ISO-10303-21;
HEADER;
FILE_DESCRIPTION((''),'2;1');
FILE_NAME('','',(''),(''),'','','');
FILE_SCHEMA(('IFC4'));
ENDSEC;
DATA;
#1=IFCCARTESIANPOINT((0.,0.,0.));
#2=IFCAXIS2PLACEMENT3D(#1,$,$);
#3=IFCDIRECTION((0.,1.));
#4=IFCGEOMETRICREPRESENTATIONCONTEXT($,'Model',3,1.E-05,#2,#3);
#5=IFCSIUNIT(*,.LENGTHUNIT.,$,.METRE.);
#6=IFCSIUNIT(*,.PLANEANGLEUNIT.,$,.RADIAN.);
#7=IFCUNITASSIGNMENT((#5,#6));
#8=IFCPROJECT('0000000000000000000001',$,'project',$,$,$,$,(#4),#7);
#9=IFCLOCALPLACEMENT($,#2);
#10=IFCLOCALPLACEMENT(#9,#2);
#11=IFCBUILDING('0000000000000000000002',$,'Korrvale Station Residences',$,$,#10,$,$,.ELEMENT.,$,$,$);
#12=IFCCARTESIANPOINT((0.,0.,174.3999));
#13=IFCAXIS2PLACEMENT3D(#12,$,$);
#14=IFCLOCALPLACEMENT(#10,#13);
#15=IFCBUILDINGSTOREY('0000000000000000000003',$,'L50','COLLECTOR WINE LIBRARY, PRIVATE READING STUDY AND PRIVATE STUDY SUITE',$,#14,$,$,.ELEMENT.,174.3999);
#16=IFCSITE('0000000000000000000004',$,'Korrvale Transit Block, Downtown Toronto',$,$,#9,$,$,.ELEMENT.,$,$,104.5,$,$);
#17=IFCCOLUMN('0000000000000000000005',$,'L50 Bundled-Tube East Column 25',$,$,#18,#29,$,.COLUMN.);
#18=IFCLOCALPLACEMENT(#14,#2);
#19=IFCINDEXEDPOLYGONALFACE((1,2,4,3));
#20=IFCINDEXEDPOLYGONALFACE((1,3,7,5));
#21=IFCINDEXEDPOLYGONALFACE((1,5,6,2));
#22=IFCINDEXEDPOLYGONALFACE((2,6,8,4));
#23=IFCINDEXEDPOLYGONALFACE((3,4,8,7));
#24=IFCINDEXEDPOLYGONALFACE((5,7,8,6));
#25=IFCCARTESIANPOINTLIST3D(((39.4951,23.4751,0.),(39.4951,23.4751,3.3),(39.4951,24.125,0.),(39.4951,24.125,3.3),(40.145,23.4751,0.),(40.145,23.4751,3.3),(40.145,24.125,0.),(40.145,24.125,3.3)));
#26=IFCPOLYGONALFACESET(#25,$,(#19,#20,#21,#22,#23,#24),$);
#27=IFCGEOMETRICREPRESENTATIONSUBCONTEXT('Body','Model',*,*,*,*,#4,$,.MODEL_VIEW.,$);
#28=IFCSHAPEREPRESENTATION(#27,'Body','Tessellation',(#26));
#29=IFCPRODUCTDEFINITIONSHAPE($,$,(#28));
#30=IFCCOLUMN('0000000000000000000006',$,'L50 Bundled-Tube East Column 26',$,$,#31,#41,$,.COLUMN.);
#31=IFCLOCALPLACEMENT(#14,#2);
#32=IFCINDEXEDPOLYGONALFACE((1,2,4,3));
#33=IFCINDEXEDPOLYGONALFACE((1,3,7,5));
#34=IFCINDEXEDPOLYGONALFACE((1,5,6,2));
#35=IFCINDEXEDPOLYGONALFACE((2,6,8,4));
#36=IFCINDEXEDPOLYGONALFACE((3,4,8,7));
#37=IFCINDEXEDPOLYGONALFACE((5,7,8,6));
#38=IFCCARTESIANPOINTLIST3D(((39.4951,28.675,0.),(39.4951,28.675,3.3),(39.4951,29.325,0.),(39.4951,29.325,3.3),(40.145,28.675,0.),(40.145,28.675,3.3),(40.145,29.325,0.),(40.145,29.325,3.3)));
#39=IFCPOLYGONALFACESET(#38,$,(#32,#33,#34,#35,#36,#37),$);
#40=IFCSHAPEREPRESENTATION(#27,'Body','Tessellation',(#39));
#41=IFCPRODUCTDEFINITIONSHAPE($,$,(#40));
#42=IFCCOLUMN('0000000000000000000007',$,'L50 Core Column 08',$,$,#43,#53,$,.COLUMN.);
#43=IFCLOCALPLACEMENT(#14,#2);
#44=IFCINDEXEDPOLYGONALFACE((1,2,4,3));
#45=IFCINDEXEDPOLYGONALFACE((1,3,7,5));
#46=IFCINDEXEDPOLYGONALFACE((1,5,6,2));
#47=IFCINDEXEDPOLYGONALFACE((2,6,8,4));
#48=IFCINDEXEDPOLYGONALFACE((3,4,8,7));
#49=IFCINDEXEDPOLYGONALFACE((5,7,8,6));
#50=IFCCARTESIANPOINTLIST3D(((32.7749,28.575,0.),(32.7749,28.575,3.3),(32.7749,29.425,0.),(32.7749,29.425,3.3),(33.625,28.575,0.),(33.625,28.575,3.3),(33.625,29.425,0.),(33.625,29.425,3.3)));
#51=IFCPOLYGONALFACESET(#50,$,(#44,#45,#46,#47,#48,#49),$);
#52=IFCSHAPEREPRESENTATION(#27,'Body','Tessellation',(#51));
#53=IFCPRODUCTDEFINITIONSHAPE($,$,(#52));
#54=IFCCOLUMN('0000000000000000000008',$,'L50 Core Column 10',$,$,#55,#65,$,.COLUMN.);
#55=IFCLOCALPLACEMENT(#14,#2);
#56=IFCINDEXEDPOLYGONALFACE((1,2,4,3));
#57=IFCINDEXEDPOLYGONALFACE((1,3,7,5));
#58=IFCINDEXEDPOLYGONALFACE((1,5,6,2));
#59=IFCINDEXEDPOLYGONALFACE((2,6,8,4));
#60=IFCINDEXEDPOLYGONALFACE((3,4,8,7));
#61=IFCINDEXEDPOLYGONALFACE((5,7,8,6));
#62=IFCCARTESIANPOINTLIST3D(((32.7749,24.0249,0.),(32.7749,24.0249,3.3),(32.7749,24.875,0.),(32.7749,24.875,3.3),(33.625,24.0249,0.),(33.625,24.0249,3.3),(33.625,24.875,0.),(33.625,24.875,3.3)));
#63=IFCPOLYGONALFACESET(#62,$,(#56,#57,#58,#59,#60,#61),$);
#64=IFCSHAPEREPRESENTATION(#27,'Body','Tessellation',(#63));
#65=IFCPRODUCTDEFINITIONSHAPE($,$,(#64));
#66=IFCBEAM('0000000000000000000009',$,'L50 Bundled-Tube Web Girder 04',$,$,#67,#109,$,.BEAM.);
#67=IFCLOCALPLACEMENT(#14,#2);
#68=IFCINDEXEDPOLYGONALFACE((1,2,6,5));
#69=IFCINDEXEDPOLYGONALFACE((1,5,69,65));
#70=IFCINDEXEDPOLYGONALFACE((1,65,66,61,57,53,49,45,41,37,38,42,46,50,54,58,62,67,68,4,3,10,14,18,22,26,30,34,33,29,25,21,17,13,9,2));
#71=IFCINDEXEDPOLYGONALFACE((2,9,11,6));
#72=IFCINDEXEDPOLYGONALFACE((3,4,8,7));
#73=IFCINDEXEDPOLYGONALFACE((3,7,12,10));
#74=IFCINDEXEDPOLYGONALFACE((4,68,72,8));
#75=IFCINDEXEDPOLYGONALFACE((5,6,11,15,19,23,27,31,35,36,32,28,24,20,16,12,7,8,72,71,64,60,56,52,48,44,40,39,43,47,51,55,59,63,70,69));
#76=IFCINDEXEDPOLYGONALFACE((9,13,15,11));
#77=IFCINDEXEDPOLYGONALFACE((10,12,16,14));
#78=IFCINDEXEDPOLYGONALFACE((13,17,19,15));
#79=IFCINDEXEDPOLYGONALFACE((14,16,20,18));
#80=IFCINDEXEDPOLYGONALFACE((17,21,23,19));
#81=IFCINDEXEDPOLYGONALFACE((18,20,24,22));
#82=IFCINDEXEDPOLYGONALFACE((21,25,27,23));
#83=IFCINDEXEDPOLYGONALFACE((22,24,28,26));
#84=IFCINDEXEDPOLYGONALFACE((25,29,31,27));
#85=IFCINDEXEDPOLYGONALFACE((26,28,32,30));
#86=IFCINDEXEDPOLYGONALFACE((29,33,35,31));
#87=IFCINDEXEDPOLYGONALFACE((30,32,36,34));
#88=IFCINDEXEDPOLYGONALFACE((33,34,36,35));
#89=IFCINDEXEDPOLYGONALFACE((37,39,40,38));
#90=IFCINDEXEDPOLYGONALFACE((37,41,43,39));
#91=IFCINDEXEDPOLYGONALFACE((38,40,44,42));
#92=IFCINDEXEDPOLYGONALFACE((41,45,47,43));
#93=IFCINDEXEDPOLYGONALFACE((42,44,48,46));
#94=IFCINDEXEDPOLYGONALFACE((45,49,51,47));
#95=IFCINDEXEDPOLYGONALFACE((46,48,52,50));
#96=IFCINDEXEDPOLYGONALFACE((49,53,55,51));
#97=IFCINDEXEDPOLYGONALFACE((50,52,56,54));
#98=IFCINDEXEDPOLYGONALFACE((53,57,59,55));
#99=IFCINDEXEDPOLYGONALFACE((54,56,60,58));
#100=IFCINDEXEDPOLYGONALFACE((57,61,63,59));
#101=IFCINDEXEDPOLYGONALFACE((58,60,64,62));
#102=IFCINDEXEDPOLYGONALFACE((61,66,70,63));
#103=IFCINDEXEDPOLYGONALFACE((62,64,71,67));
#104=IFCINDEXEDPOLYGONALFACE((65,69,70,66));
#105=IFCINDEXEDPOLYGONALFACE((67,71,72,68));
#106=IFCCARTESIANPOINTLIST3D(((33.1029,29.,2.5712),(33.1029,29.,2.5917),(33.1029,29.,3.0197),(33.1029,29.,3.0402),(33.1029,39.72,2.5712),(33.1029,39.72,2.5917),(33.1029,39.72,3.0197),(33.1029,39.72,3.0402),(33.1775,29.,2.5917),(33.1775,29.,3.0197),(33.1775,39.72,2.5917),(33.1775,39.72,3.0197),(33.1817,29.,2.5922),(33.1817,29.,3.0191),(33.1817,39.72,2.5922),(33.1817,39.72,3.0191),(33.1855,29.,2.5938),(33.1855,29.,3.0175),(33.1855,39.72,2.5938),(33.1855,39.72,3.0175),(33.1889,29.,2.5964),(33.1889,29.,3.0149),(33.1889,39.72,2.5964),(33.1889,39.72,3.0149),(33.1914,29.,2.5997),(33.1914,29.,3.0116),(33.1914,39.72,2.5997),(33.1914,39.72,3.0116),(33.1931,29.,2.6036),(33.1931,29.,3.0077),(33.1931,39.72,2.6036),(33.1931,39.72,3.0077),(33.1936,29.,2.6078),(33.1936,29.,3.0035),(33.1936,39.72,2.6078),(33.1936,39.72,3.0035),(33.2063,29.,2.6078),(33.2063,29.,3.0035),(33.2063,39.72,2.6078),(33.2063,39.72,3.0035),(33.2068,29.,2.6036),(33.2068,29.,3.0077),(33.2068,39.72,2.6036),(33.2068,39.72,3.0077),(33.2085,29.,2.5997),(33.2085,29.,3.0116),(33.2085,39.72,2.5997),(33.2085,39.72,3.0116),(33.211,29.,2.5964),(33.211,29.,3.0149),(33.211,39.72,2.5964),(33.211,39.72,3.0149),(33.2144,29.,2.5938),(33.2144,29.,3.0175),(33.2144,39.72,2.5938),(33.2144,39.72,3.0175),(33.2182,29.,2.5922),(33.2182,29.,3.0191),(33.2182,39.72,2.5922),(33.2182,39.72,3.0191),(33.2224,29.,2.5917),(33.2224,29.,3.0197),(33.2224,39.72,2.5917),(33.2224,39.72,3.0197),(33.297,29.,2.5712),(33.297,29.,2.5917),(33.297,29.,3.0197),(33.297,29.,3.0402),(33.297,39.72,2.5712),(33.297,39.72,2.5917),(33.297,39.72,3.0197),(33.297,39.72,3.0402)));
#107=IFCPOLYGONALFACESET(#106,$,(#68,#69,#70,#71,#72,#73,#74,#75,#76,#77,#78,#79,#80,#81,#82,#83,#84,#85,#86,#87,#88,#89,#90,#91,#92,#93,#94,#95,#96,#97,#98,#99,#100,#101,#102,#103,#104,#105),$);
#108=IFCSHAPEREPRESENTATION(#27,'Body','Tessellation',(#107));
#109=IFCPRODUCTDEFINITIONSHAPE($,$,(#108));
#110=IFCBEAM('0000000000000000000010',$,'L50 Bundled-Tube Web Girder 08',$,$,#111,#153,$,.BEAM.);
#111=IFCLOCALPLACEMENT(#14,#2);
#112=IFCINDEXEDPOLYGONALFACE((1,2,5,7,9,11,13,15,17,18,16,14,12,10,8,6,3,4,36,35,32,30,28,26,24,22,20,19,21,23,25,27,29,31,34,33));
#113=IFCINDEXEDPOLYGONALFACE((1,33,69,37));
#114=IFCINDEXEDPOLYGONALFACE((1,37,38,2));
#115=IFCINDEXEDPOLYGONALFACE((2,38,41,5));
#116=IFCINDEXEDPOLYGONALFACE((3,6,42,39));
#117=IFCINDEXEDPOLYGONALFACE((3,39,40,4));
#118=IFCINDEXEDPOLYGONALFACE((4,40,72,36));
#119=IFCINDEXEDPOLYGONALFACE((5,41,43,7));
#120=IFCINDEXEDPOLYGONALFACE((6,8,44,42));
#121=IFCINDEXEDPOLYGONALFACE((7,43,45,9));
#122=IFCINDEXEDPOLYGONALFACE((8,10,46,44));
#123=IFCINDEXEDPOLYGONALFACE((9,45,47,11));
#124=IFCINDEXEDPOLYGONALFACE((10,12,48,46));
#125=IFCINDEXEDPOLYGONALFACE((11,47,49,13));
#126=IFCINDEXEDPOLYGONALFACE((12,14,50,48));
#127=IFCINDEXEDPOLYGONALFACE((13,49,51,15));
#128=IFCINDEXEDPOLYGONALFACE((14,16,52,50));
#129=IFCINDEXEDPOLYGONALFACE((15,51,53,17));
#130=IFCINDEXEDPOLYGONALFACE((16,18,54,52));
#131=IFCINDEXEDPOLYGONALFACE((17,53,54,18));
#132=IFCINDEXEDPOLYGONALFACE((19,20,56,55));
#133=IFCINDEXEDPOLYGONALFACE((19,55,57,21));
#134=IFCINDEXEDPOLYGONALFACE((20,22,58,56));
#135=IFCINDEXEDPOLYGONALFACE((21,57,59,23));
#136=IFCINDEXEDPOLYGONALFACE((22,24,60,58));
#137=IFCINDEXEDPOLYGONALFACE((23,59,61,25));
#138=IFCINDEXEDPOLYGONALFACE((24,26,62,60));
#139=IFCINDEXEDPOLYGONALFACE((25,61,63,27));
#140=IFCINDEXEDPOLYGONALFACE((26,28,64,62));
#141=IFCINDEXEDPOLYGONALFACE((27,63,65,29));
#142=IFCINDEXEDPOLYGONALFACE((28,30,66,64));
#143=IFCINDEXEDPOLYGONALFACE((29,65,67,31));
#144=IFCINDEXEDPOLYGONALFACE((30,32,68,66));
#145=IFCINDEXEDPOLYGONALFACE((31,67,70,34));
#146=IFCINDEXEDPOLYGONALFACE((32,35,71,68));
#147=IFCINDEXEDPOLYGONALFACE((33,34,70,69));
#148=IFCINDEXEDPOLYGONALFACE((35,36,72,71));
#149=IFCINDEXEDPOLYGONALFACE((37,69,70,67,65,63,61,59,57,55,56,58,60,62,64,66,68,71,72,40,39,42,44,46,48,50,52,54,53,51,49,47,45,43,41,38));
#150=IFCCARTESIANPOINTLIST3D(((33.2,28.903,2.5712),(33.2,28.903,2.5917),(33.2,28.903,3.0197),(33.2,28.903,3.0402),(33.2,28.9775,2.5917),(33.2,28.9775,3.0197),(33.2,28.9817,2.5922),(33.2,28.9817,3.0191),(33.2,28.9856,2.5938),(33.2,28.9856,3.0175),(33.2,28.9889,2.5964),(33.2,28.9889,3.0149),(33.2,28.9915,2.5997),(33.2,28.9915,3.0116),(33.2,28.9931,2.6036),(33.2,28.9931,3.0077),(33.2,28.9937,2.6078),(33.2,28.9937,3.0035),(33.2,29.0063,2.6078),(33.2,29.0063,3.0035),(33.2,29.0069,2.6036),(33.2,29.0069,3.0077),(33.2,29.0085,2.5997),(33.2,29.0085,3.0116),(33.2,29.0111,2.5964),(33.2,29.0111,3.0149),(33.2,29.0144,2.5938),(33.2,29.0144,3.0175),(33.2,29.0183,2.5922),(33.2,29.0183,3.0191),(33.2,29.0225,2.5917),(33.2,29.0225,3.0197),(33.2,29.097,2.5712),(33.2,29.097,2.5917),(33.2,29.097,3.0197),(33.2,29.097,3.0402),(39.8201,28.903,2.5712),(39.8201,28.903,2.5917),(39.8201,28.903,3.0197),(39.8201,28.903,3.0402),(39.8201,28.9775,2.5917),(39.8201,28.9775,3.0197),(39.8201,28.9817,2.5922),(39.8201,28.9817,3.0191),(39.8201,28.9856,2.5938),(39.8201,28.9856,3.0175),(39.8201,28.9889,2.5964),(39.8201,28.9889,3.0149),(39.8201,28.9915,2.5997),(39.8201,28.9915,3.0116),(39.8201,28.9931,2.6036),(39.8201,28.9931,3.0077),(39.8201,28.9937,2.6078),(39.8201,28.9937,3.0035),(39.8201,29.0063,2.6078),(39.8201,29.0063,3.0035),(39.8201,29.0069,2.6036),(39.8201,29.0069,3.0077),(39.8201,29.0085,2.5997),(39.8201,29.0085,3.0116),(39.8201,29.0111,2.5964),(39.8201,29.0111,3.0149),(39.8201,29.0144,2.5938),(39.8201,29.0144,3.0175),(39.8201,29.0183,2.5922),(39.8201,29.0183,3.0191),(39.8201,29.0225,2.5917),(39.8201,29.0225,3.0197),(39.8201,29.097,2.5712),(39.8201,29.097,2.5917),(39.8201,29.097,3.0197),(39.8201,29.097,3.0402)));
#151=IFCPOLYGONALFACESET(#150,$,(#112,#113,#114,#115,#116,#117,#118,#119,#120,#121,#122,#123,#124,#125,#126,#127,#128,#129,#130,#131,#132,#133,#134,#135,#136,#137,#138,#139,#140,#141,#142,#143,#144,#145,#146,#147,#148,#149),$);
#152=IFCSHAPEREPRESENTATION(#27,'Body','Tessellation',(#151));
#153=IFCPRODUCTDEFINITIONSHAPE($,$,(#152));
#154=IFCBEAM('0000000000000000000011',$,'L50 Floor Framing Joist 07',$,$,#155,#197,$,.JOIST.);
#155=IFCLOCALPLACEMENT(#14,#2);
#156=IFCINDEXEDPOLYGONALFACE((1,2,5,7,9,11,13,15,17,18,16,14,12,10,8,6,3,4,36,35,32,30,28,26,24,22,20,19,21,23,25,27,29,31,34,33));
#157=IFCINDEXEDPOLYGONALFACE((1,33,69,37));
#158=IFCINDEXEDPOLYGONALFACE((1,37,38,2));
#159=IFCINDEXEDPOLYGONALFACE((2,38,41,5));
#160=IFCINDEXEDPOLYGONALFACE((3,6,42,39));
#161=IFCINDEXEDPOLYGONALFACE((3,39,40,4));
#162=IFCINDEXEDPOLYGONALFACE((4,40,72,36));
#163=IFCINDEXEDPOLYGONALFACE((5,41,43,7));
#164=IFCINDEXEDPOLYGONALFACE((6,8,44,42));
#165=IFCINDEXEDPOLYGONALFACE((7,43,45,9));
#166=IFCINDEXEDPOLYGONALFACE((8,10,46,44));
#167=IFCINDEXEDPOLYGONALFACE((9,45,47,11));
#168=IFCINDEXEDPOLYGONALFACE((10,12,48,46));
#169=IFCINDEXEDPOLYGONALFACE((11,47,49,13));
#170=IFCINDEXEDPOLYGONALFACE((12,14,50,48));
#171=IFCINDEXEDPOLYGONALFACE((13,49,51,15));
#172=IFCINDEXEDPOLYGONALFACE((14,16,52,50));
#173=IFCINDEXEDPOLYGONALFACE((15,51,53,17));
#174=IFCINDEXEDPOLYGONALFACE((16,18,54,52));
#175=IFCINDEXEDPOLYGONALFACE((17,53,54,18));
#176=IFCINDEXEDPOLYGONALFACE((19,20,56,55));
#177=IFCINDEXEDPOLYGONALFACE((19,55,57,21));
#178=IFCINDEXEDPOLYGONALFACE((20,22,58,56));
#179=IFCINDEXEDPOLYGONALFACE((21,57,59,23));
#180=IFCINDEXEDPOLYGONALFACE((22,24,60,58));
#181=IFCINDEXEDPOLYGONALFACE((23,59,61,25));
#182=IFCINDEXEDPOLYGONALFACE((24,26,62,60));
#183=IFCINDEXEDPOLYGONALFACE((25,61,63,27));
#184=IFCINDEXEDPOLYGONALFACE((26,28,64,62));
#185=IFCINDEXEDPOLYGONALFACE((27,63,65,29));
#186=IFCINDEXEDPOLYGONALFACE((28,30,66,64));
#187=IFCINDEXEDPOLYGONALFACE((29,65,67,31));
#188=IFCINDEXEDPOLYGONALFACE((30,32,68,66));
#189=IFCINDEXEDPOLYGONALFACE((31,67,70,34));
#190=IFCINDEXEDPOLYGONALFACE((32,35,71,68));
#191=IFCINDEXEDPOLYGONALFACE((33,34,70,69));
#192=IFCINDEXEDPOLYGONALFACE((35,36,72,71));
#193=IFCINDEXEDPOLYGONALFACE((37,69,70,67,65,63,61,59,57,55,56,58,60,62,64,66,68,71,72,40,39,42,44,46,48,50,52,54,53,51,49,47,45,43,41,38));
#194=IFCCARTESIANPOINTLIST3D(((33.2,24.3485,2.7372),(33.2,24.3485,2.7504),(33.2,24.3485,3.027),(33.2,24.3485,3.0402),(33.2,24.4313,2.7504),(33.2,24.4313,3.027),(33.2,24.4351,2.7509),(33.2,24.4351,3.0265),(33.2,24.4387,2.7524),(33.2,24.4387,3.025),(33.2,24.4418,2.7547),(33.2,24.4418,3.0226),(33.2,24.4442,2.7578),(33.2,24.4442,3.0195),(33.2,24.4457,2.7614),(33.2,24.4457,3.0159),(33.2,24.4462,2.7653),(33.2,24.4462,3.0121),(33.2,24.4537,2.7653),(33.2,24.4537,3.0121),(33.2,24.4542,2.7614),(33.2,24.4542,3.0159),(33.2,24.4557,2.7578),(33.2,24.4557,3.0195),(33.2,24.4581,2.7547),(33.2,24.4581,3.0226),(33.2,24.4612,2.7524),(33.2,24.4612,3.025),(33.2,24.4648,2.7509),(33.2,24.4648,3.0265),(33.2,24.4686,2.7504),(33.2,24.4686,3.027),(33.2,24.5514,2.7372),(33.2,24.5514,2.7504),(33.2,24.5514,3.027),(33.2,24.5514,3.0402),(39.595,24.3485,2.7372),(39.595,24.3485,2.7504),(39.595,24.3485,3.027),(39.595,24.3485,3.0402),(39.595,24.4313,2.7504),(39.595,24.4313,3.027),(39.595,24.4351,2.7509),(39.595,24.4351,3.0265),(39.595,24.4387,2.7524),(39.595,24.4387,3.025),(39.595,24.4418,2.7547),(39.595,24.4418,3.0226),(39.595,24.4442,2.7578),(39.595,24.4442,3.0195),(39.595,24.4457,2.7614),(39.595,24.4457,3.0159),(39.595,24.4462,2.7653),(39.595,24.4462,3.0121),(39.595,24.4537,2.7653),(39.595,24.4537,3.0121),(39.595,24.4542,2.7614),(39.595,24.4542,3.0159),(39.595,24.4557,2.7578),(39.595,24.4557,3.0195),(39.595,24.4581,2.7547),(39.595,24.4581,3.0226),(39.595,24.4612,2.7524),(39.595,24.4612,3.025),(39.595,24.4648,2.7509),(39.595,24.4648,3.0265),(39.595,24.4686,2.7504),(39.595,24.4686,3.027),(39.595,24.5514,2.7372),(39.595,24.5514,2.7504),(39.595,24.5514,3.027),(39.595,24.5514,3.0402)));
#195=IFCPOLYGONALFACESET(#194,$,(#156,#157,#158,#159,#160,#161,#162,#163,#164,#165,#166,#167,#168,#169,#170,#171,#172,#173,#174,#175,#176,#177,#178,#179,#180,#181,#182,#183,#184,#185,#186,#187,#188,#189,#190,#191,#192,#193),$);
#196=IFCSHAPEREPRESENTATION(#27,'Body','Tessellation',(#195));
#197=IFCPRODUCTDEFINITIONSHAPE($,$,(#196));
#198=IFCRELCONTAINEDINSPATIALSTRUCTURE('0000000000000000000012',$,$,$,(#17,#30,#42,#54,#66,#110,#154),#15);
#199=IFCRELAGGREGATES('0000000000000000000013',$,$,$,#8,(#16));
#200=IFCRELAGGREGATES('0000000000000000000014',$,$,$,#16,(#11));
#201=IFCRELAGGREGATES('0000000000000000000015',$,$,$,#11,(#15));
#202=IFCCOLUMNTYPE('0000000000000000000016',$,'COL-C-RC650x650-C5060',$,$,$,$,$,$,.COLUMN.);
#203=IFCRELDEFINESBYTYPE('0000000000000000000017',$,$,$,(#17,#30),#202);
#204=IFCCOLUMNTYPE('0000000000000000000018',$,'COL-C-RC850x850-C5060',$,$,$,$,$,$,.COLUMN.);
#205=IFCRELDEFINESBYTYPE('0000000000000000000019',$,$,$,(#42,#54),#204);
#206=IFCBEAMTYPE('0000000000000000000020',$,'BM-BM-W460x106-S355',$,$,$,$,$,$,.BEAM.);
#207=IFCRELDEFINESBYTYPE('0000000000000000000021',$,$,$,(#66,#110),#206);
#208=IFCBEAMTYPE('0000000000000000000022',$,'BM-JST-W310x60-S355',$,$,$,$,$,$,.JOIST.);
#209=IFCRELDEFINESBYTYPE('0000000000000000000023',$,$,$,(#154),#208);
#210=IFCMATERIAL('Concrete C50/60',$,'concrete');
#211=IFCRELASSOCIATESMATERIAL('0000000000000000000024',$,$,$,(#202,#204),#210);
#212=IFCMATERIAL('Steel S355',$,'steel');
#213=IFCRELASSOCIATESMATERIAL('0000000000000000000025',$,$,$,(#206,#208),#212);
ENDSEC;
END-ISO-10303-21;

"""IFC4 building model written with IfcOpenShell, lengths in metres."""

from ifc_helpers import new_model, si_unit, direction, frame, origin, origin_2d, place, context, subcontext, project, spatial, rectangle, i_section, extrude, material, material_profile, profile_set, type_object, element, save


model = new_model("IFC4")

# Units and contexts
model_context = context("Model", 3, precision=1e-05, world=origin(), true_north=direction((0.0, 1.0)))
body_context = subcontext(model_context, "Body", "Model", "MODEL_VIEW")
ifc_project = project(units=[si_unit("LENGTHUNIT", "METRE"), si_unit("PLANEANGLEUNIT", "RADIAN")], contexts=[model_context])

# Site, building, storey
site_placement = place(None, origin())
site = spatial("IfcSite", under=ifc_project, at=site_placement, Name="Korrvale Transit Block, Downtown Toronto", CompositionType="ELEMENT", RefElevation=104.5)
building_placement = place(site_placement, origin())
building = spatial("IfcBuilding", under=site, at=building_placement, Name="Korrvale Station Residences", CompositionType="ELEMENT")
storey_placement = place(building_placement, frame((0.0, 0.0, 174.3999)))
storey = spatial("IfcBuildingStorey", under=building, at=storey_placement, Name="L50", Description="COLLECTOR WINE LIBRARY, PRIVATE READING STUDY AND PRIVATE STUDY SUITE", CompositionType="ELEMENT", Elevation=174.3999)

# Columns
ifc_material_1 = material(Name="Concrete C50/60", Category="concrete")
ifc_material_profile_1 = material_profile(ifc_material_1, rectangle(XDim=0.6499, YDim=0.6499, at=origin_2d()), Name="RC650x650")
ifc_profile_set_1 = profile_set([ifc_material_profile_1], Name="Concrete C50/60")
column_type_1 = type_object("IfcColumnType", Name="COL-C-RC650x650-C5060", PredefinedType="COLUMN", material=ifc_profile_set_1)
for number, where, z_axis, x_axis, name in (
    (1, (39.8201, 23.8, 0.0), (0.0, 0.0, 1.0), (1.0, 0.0, 0.0), "L50 Bundled-Tube East Column 25"),
    (2, (39.8201, 29.0, 0.0), (0.0, 0.0, 1.0), (1.0, 0.0, 0.0), "L50 Bundled-Tube East Column 26"),
):
    element("IfcColumn", number, at=place(storey_placement, frame(where, z_axis=z_axis, x_axis=x_axis)), inside=storey, type_object=column_type_1, Name=name, PredefinedType="COLUMN", context=body_context, shape_type="SweptSolid", body=[
        extrude(rectangle(XDim=0.6499, YDim=0.6499, at=origin_2d()), origin(), (0.0, 0.0, 1.0), 3.3),
    ])
ifc_material_profile_2 = material_profile(ifc_material_1, rectangle(XDim=0.8501, YDim=0.8501, at=origin_2d()), Name="RC850x850")
ifc_profile_set_2 = profile_set([ifc_material_profile_2], Name="Concrete C50/60")
column_type_2 = type_object("IfcColumnType", Name="COL-C-RC850x850-C5060", PredefinedType="COLUMN", material=ifc_profile_set_2)
for number, where, z_axis, x_axis, name in (
    (3, (33.2, 29.0, 0.0), (0.0, 0.0, 1.0), (1.0, 0.0, 0.0), "L50 Core Column 08"),
    (4, (33.2, 24.45, 0.0), (0.0, 0.0, 1.0), (1.0, 0.0, 0.0), "L50 Core Column 10"),
):
    element("IfcColumn", number, at=place(storey_placement, frame(where, z_axis=z_axis, x_axis=x_axis)), inside=storey, type_object=column_type_2, Name=name, PredefinedType="COLUMN", context=body_context, shape_type="SweptSolid", body=[
        extrude(rectangle(XDim=0.8501, YDim=0.8501, at=origin_2d()), origin(), (0.0, 0.0, 1.0), 3.3),
    ])

# Beams
ifc_material_2 = material(Name="Steel S355", Category="steel")
ifc_material_profile_3 = material_profile(ifc_material_2, i_section(OverallWidth=0.1941, OverallDepth=0.469, WebThickness=0.0127, FlangeThickness=0.0205, FilletRadius=0.0161, at=origin_2d()), Name="W460x106")
ifc_profile_set_3 = profile_set([ifc_material_profile_3], Name="Steel S355")
beam_type_1 = type_object("IfcBeamType", Name="BM-BM-W460x106-S355", PredefinedType="BEAM", material=ifc_profile_set_3)
beam_1_placement = place(storey_placement, frame((33.2, 29.0, 2.8057), z_axis=(0.0, 1.0, 0.0), x_axis=(-1.0, 0.0, 0.0)))
element("IfcBeam", 5, at=beam_1_placement, inside=storey, type_object=beam_type_1, Name="L50 Bundled-Tube Web Girder 04", PredefinedType="BEAM", context=body_context, shape_type="SweptSolid", body=[
    extrude(i_section(OverallWidth=0.1941, OverallDepth=0.469, WebThickness=0.0127, FlangeThickness=0.0205, FilletRadius=0.0161, at=origin_2d()), origin(), (0.0, 0.0, 1.0), 10.72),
])
beam_2_placement = place(storey_placement, frame((33.2, 29.0, 2.8057), z_axis=(1.0, 0.0, 0.0), x_axis=(0.0, 1.0, 0.0)))
element("IfcBeam", 6, at=beam_2_placement, inside=storey, type_object=beam_type_1, Name="L50 Bundled-Tube Web Girder 08", PredefinedType="BEAM", context=body_context, shape_type="SweptSolid", body=[
    extrude(i_section(OverallWidth=0.1941, OverallDepth=0.469, WebThickness=0.0127, FlangeThickness=0.0205, FilletRadius=0.0161, at=origin_2d()), origin(), (0.0, 0.0, 1.0), 6.6201),
])
ifc_material_profile_4 = material_profile(ifc_material_2, i_section(OverallWidth=0.2029, OverallDepth=0.303, WebThickness=0.0076, FlangeThickness=0.0132, FilletRadius=0.0149, at=origin_2d()), Name="W310x60")
ifc_profile_set_4 = profile_set([ifc_material_profile_4], Name="Steel S355")
beam_type_2 = type_object("IfcBeamType", Name="BM-JST-W310x60-S355", PredefinedType="JOIST", material=ifc_profile_set_4)
beam_3_placement = place(storey_placement, frame((33.2, 24.45, 2.8887), z_axis=(1.0, 0.0, 0.0), x_axis=(0.0, 1.0, 0.0)))
element("IfcBeam", 7, at=beam_3_placement, inside=storey, type_object=beam_type_2, Name="L50 Floor Framing Joist 07", PredefinedType="JOIST", context=body_context, shape_type="SweptSolid", body=[
    extrude(i_section(OverallWidth=0.2029, OverallDepth=0.303, WebThickness=0.0076, FlangeThickness=0.0132, FilletRadius=0.0149, at=origin_2d()), origin(), (0.0, 0.0, 1.0), 6.395),
])

save(model, "model.ifc")
